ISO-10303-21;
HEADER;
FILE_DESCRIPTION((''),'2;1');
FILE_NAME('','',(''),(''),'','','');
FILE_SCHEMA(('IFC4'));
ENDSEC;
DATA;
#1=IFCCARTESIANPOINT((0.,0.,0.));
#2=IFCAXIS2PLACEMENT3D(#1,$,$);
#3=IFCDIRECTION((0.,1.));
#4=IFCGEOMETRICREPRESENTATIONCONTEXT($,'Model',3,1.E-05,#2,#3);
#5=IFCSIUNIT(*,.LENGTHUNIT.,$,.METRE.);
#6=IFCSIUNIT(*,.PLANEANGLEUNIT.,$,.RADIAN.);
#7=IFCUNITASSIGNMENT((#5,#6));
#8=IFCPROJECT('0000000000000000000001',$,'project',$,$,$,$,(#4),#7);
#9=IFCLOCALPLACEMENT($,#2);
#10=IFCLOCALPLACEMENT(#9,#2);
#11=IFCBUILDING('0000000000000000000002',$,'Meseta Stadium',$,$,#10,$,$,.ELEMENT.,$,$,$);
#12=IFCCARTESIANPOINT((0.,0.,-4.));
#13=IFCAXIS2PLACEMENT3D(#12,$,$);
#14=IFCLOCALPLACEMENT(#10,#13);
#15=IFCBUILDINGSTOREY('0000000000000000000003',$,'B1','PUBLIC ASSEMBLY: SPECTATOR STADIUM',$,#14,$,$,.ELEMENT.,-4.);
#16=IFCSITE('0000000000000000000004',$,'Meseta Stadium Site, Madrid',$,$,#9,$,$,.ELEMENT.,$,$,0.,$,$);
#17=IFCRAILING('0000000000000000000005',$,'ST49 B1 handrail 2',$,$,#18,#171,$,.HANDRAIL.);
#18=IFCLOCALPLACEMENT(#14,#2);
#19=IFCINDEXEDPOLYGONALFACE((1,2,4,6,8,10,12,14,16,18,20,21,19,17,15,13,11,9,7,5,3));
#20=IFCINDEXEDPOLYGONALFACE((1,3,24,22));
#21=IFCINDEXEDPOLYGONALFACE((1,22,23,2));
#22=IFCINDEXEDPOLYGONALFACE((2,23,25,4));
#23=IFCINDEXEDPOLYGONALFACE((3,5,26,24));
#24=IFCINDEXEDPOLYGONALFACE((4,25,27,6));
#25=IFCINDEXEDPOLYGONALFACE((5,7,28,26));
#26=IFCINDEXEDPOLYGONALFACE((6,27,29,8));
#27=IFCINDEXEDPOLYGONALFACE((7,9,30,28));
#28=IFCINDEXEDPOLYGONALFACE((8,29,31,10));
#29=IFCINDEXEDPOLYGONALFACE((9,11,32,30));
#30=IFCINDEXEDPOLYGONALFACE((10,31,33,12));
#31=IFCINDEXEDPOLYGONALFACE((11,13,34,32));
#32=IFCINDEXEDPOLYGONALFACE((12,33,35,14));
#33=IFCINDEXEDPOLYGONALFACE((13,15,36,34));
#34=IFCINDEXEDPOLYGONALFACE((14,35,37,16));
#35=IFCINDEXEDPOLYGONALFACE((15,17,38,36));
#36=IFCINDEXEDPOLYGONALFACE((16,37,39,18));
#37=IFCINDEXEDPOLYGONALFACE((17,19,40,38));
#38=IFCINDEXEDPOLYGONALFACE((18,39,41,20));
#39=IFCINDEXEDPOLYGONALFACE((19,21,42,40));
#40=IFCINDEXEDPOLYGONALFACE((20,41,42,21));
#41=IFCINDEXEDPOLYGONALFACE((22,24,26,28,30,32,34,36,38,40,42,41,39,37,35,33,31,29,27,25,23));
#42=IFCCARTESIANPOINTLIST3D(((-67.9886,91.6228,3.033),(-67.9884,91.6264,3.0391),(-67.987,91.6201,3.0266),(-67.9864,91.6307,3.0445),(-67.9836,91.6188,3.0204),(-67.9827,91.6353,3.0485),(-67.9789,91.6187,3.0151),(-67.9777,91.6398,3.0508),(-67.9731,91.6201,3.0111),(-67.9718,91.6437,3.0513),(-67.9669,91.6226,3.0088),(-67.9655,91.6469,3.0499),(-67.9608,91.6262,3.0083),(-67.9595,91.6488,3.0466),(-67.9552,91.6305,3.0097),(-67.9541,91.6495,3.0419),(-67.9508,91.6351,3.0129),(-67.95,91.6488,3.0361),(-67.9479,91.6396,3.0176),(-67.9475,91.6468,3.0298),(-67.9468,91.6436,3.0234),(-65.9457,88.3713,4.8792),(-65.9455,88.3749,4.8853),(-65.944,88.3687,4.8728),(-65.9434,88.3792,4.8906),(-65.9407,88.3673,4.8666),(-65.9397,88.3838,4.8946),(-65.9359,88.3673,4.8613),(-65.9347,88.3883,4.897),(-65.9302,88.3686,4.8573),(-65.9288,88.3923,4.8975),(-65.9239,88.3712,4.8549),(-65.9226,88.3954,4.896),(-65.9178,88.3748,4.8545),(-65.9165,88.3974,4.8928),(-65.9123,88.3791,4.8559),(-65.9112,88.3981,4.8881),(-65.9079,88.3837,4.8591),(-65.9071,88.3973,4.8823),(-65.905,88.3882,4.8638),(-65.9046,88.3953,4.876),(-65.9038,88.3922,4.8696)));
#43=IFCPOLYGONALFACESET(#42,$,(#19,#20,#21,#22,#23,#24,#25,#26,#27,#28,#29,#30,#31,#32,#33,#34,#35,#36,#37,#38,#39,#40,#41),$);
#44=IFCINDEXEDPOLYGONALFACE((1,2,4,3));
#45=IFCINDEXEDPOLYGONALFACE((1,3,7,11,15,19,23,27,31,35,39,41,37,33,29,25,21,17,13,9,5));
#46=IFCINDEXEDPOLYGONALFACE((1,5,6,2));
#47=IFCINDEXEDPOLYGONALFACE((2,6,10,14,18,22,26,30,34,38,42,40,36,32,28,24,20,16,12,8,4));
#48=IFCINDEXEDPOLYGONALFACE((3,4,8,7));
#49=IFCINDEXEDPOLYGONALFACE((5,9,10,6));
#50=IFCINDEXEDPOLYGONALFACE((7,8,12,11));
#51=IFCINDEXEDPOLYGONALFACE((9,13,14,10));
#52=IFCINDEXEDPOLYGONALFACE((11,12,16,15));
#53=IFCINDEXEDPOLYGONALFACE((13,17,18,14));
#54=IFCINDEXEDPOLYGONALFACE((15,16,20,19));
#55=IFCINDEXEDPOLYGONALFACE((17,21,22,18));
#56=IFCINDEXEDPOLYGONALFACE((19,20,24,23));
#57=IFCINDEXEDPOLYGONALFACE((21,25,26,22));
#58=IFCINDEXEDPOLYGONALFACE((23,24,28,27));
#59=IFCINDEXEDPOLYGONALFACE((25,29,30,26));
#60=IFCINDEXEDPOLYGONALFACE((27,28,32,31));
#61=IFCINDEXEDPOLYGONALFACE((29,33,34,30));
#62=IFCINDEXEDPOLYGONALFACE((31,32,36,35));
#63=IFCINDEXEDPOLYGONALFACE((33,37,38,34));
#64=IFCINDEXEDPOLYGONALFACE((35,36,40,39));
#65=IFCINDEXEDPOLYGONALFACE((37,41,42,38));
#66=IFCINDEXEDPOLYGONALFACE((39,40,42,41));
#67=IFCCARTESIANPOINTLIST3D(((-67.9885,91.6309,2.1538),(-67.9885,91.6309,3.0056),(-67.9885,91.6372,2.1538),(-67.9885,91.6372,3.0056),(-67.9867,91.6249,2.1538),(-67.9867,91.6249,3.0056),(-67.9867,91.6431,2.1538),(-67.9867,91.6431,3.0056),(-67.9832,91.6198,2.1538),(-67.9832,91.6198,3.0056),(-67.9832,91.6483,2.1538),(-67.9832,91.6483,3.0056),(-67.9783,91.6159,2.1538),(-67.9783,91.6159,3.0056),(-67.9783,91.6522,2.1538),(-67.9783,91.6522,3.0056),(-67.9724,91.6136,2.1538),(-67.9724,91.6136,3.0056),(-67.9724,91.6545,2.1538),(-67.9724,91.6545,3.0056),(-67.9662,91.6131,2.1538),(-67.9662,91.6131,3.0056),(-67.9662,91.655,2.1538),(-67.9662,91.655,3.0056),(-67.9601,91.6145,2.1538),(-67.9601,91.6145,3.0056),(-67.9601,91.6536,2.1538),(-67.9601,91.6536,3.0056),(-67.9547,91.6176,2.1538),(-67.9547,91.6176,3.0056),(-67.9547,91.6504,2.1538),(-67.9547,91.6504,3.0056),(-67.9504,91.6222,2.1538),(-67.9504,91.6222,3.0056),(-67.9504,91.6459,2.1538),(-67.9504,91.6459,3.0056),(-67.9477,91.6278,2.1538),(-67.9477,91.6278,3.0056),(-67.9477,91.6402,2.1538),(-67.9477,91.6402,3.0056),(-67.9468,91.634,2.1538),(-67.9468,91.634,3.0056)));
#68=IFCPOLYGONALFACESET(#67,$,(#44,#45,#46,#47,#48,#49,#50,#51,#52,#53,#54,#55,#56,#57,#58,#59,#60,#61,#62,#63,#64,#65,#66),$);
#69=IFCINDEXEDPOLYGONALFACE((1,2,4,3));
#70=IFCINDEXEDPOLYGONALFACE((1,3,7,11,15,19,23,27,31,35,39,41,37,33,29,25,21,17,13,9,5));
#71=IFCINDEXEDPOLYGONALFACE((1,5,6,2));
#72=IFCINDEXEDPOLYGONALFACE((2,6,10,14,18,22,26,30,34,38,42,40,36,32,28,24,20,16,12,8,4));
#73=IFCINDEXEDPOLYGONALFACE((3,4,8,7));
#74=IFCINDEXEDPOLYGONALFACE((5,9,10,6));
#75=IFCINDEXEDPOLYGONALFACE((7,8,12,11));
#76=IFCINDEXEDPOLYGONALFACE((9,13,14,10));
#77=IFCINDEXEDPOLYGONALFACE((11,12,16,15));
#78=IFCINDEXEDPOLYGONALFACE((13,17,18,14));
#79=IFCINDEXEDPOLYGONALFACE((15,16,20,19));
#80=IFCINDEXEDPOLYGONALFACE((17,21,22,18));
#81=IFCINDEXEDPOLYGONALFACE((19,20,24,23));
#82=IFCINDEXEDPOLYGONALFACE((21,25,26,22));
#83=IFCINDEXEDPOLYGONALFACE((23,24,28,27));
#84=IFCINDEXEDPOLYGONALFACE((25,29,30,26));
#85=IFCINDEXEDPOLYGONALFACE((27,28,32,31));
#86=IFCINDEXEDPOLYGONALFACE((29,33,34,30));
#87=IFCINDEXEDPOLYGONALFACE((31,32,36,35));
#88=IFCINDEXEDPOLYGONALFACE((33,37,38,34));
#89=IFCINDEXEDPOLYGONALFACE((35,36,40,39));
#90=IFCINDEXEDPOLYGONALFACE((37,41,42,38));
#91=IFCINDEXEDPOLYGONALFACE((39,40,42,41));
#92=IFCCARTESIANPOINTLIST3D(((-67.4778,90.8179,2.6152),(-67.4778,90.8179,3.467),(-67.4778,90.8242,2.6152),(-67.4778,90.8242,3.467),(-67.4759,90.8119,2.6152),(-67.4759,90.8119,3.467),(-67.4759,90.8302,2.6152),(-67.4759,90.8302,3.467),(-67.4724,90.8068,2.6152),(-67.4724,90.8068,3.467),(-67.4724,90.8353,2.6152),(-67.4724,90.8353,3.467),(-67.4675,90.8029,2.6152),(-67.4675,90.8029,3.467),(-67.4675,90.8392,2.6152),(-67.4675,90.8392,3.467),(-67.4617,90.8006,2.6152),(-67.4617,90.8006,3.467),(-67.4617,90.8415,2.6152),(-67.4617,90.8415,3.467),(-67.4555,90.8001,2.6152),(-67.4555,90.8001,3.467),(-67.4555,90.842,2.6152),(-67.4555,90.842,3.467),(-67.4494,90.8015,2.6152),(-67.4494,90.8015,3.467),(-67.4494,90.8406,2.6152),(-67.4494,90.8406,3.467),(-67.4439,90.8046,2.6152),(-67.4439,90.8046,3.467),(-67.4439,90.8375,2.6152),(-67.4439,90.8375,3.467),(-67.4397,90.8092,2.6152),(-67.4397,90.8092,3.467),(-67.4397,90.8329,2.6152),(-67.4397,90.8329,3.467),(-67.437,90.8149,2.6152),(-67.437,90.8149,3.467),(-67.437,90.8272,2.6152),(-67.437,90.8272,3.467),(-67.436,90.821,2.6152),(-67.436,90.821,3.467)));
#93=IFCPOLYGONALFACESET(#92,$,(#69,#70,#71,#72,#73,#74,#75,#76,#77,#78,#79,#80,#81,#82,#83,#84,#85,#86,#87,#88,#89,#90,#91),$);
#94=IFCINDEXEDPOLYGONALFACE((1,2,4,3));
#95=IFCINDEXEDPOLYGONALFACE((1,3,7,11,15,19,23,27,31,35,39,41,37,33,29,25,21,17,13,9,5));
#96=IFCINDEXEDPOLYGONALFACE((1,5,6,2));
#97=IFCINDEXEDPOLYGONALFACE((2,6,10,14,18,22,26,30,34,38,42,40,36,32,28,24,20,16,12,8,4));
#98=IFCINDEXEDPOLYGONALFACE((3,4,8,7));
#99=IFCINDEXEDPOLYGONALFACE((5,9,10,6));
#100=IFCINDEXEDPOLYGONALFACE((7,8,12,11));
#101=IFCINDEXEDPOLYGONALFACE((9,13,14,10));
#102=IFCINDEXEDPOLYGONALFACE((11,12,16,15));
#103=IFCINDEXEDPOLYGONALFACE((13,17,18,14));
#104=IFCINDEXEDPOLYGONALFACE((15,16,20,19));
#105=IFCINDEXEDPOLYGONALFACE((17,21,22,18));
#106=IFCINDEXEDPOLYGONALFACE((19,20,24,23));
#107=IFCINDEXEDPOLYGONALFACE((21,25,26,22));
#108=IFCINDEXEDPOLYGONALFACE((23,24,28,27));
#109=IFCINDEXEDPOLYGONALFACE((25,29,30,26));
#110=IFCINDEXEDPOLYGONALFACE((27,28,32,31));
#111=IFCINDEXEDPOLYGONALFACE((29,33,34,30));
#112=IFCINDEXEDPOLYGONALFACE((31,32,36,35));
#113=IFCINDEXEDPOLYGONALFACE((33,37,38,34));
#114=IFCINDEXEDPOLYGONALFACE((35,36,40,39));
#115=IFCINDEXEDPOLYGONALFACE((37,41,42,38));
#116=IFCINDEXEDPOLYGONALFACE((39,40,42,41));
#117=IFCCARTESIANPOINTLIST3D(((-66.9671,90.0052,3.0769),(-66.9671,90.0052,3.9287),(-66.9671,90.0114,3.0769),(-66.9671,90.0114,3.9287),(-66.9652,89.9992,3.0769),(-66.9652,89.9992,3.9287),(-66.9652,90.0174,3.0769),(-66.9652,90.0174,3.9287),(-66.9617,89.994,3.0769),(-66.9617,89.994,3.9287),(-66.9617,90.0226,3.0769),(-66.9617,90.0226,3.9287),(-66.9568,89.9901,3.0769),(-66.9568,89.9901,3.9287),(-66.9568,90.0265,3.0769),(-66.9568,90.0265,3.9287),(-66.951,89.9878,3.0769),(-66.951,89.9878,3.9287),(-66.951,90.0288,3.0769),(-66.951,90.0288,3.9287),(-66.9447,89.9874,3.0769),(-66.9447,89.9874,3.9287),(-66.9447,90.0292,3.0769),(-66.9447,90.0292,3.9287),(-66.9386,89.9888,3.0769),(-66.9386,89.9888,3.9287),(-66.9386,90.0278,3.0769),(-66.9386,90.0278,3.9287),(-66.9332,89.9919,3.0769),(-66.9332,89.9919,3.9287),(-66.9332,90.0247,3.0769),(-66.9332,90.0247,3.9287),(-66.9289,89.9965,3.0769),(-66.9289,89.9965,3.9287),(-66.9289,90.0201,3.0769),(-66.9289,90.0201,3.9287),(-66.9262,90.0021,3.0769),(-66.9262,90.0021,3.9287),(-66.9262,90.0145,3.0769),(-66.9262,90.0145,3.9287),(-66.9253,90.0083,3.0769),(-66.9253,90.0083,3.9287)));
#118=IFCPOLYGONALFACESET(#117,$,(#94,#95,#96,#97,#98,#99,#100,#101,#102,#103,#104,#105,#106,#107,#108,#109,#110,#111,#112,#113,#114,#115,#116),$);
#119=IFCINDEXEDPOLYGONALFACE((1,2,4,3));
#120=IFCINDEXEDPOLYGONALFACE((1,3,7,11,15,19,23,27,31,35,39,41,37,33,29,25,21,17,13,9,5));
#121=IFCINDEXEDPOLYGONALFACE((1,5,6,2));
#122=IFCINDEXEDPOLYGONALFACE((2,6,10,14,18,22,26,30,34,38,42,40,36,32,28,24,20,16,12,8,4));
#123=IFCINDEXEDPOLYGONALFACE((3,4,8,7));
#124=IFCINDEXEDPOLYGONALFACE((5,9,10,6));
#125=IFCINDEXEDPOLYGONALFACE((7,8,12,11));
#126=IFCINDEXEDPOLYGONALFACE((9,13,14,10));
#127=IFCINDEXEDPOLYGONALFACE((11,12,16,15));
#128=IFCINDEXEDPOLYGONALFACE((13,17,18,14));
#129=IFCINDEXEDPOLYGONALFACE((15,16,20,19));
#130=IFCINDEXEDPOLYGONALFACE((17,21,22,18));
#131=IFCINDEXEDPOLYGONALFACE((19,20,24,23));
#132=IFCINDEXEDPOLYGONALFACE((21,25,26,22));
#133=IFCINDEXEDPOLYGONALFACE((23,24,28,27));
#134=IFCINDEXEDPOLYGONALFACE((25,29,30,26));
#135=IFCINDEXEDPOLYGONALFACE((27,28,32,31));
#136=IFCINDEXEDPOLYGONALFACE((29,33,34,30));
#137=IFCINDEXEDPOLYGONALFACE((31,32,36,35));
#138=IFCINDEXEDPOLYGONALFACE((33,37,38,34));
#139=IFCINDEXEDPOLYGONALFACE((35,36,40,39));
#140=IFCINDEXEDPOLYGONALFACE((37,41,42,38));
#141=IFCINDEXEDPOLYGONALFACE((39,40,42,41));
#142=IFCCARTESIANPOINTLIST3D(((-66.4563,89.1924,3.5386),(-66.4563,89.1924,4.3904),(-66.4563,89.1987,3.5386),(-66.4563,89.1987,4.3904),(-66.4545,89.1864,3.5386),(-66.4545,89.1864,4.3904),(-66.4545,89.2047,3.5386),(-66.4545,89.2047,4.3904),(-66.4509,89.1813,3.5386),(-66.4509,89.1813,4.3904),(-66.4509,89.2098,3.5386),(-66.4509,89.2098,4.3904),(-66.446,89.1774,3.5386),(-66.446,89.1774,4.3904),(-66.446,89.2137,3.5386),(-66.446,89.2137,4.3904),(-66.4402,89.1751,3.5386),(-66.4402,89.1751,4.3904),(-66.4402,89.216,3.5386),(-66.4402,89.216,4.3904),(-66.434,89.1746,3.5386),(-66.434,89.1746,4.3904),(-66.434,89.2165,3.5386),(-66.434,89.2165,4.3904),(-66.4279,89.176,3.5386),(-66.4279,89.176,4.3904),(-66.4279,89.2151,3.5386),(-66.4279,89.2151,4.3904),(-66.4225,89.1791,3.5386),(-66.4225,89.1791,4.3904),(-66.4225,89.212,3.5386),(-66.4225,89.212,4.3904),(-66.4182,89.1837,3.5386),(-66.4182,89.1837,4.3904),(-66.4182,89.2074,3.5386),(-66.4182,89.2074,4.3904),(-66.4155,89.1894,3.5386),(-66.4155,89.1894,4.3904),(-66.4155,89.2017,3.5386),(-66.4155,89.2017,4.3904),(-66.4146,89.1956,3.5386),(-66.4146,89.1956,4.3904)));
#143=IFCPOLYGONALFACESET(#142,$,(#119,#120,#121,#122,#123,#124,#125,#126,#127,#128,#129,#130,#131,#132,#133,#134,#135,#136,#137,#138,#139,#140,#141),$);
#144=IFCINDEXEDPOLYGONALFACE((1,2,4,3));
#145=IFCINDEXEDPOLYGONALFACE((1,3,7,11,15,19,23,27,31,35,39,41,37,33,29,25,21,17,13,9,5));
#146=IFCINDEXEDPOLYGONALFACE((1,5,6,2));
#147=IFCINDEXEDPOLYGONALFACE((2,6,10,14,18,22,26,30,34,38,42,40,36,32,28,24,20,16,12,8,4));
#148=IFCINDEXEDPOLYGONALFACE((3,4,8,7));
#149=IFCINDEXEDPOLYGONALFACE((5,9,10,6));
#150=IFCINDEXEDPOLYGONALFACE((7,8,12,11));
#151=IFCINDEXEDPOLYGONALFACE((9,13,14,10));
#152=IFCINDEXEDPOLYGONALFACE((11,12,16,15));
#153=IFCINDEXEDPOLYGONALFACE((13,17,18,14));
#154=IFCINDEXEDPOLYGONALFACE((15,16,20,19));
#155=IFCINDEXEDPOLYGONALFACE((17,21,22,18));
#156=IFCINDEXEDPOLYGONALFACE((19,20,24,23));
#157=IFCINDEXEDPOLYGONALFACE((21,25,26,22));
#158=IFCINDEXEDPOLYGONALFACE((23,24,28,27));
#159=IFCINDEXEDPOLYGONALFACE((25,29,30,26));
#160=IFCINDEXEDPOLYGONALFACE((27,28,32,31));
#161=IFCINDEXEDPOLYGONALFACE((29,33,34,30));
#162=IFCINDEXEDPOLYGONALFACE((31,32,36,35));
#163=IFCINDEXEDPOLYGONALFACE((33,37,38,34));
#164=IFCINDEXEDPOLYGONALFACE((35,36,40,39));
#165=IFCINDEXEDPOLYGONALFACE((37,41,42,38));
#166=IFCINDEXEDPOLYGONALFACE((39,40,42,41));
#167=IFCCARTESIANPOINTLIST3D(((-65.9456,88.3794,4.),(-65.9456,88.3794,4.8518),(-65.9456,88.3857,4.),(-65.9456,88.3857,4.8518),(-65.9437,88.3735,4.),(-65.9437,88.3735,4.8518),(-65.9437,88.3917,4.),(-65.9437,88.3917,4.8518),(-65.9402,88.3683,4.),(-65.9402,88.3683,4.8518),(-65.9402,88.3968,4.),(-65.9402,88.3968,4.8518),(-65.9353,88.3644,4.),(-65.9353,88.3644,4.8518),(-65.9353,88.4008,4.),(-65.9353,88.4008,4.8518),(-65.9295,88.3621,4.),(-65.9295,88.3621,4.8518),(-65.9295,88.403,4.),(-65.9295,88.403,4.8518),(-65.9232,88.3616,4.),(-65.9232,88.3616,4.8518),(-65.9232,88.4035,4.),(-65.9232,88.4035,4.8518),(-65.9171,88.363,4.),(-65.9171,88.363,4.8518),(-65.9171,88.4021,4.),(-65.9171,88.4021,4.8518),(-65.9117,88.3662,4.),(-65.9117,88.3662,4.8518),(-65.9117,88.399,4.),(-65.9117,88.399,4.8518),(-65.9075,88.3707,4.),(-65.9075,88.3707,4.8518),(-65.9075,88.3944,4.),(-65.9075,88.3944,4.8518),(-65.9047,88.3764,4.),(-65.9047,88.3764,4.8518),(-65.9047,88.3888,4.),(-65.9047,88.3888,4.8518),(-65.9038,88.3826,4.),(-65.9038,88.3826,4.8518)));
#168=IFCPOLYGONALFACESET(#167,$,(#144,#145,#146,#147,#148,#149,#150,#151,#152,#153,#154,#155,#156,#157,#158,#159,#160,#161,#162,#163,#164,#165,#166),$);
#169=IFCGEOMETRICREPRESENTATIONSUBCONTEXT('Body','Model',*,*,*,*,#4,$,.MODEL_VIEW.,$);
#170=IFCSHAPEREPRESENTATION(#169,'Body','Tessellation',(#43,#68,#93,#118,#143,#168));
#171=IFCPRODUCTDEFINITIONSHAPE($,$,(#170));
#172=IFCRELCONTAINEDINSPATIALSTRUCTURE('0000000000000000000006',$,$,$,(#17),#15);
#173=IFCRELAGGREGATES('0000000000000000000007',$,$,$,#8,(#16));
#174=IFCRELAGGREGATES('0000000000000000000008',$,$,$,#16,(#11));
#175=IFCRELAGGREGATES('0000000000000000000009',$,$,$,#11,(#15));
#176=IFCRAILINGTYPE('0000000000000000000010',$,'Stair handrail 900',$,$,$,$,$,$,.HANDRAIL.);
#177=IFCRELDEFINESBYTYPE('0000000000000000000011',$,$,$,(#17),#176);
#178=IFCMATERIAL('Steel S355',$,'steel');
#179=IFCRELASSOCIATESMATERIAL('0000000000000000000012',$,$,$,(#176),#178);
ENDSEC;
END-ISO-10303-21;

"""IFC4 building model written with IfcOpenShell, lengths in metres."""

from ifc_helpers import new_model, si_unit, direction, frame, origin, origin_2d, place, context, subcontext, project, spatial, circle, extrude, material, type_object, element, save


model = new_model("IFC4")

# Units and contexts
model_context = context("Model", 3, precision=1e-05, world=origin(), true_north=direction((0.0, 1.0)))
body_context = subcontext(model_context, "Body", "Model", "MODEL_VIEW")
ifc_project = project(units=[si_unit("LENGTHUNIT", "METRE"), si_unit("PLANEANGLEUNIT", "RADIAN")], contexts=[model_context])

# Site, building, storey
site_placement = place(None, origin())
site = spatial("IfcSite", under=ifc_project, at=site_placement, Name="Meseta Stadium Site, Madrid", CompositionType="ELEMENT", RefElevation=0.0)
building_placement = place(site_placement, origin())
building = spatial("IfcBuilding", under=site, at=building_placement, Name="Meseta Stadium", CompositionType="ELEMENT")
storey_placement = place(building_placement, frame((0.0, 0.0, -4.0)))
storey = spatial("IfcBuildingStorey", under=building, at=storey_placement, Name="B1", Description="PUBLIC ASSEMBLY: SPECTATOR STADIUM", CompositionType="ELEMENT", Elevation=-4.0)

# Railing
ifc_material_1 = material(Name="Steel S355", Category="steel")
railing_type_1 = type_object("IfcRailingType", Name="Stair handrail 900", PredefinedType="HANDRAIL", material=ifc_material_1)
railing_1_placement = place(storey_placement, frame((-67.9678, 91.634, 2.1538)))
element("IfcRailing", 1, at=railing_1_placement, inside=storey, type_object=railing_type_1, Name="ST49 B1 handrail 2", PredefinedType="HANDRAIL", context=body_context, shape_type="SweptSolid", body=[
    extrude(circle(Radius=0.0239, at=origin_2d()), frame((0.0, 0.0, 0.876), z_axis=(0.479483, -0.763117, 0.4333), x_axis=(0.846731, 0.53202, 0.0)), (0.0, 0.0, 1.0), 4.2607),
    extrude(circle(Radius=0.021, at=origin_2d()), origin(), (0.0, 0.0, 1.0), 0.8518),
    extrude(circle(Radius=0.021, at=origin_2d()), frame((0.5107, -0.813, 0.4614)), (0.0, 0.0, 1.0), 0.8518),
    extrude(circle(Radius=0.021, at=origin_2d()), frame((1.0215, -1.6257, 0.9231)), (0.0, 0.0, 1.0), 0.8518),
    extrude(circle(Radius=0.021, at=origin_2d()), frame((1.5322, -2.4385, 1.3848)), (0.0, 0.0, 1.0), 0.8518),
    extrude(circle(Radius=0.021, at=origin_2d()), frame((2.043, -3.2515, 1.8462)), (0.0, 0.0, 1.0), 0.8518),
])

save(model, "model.ifc")
